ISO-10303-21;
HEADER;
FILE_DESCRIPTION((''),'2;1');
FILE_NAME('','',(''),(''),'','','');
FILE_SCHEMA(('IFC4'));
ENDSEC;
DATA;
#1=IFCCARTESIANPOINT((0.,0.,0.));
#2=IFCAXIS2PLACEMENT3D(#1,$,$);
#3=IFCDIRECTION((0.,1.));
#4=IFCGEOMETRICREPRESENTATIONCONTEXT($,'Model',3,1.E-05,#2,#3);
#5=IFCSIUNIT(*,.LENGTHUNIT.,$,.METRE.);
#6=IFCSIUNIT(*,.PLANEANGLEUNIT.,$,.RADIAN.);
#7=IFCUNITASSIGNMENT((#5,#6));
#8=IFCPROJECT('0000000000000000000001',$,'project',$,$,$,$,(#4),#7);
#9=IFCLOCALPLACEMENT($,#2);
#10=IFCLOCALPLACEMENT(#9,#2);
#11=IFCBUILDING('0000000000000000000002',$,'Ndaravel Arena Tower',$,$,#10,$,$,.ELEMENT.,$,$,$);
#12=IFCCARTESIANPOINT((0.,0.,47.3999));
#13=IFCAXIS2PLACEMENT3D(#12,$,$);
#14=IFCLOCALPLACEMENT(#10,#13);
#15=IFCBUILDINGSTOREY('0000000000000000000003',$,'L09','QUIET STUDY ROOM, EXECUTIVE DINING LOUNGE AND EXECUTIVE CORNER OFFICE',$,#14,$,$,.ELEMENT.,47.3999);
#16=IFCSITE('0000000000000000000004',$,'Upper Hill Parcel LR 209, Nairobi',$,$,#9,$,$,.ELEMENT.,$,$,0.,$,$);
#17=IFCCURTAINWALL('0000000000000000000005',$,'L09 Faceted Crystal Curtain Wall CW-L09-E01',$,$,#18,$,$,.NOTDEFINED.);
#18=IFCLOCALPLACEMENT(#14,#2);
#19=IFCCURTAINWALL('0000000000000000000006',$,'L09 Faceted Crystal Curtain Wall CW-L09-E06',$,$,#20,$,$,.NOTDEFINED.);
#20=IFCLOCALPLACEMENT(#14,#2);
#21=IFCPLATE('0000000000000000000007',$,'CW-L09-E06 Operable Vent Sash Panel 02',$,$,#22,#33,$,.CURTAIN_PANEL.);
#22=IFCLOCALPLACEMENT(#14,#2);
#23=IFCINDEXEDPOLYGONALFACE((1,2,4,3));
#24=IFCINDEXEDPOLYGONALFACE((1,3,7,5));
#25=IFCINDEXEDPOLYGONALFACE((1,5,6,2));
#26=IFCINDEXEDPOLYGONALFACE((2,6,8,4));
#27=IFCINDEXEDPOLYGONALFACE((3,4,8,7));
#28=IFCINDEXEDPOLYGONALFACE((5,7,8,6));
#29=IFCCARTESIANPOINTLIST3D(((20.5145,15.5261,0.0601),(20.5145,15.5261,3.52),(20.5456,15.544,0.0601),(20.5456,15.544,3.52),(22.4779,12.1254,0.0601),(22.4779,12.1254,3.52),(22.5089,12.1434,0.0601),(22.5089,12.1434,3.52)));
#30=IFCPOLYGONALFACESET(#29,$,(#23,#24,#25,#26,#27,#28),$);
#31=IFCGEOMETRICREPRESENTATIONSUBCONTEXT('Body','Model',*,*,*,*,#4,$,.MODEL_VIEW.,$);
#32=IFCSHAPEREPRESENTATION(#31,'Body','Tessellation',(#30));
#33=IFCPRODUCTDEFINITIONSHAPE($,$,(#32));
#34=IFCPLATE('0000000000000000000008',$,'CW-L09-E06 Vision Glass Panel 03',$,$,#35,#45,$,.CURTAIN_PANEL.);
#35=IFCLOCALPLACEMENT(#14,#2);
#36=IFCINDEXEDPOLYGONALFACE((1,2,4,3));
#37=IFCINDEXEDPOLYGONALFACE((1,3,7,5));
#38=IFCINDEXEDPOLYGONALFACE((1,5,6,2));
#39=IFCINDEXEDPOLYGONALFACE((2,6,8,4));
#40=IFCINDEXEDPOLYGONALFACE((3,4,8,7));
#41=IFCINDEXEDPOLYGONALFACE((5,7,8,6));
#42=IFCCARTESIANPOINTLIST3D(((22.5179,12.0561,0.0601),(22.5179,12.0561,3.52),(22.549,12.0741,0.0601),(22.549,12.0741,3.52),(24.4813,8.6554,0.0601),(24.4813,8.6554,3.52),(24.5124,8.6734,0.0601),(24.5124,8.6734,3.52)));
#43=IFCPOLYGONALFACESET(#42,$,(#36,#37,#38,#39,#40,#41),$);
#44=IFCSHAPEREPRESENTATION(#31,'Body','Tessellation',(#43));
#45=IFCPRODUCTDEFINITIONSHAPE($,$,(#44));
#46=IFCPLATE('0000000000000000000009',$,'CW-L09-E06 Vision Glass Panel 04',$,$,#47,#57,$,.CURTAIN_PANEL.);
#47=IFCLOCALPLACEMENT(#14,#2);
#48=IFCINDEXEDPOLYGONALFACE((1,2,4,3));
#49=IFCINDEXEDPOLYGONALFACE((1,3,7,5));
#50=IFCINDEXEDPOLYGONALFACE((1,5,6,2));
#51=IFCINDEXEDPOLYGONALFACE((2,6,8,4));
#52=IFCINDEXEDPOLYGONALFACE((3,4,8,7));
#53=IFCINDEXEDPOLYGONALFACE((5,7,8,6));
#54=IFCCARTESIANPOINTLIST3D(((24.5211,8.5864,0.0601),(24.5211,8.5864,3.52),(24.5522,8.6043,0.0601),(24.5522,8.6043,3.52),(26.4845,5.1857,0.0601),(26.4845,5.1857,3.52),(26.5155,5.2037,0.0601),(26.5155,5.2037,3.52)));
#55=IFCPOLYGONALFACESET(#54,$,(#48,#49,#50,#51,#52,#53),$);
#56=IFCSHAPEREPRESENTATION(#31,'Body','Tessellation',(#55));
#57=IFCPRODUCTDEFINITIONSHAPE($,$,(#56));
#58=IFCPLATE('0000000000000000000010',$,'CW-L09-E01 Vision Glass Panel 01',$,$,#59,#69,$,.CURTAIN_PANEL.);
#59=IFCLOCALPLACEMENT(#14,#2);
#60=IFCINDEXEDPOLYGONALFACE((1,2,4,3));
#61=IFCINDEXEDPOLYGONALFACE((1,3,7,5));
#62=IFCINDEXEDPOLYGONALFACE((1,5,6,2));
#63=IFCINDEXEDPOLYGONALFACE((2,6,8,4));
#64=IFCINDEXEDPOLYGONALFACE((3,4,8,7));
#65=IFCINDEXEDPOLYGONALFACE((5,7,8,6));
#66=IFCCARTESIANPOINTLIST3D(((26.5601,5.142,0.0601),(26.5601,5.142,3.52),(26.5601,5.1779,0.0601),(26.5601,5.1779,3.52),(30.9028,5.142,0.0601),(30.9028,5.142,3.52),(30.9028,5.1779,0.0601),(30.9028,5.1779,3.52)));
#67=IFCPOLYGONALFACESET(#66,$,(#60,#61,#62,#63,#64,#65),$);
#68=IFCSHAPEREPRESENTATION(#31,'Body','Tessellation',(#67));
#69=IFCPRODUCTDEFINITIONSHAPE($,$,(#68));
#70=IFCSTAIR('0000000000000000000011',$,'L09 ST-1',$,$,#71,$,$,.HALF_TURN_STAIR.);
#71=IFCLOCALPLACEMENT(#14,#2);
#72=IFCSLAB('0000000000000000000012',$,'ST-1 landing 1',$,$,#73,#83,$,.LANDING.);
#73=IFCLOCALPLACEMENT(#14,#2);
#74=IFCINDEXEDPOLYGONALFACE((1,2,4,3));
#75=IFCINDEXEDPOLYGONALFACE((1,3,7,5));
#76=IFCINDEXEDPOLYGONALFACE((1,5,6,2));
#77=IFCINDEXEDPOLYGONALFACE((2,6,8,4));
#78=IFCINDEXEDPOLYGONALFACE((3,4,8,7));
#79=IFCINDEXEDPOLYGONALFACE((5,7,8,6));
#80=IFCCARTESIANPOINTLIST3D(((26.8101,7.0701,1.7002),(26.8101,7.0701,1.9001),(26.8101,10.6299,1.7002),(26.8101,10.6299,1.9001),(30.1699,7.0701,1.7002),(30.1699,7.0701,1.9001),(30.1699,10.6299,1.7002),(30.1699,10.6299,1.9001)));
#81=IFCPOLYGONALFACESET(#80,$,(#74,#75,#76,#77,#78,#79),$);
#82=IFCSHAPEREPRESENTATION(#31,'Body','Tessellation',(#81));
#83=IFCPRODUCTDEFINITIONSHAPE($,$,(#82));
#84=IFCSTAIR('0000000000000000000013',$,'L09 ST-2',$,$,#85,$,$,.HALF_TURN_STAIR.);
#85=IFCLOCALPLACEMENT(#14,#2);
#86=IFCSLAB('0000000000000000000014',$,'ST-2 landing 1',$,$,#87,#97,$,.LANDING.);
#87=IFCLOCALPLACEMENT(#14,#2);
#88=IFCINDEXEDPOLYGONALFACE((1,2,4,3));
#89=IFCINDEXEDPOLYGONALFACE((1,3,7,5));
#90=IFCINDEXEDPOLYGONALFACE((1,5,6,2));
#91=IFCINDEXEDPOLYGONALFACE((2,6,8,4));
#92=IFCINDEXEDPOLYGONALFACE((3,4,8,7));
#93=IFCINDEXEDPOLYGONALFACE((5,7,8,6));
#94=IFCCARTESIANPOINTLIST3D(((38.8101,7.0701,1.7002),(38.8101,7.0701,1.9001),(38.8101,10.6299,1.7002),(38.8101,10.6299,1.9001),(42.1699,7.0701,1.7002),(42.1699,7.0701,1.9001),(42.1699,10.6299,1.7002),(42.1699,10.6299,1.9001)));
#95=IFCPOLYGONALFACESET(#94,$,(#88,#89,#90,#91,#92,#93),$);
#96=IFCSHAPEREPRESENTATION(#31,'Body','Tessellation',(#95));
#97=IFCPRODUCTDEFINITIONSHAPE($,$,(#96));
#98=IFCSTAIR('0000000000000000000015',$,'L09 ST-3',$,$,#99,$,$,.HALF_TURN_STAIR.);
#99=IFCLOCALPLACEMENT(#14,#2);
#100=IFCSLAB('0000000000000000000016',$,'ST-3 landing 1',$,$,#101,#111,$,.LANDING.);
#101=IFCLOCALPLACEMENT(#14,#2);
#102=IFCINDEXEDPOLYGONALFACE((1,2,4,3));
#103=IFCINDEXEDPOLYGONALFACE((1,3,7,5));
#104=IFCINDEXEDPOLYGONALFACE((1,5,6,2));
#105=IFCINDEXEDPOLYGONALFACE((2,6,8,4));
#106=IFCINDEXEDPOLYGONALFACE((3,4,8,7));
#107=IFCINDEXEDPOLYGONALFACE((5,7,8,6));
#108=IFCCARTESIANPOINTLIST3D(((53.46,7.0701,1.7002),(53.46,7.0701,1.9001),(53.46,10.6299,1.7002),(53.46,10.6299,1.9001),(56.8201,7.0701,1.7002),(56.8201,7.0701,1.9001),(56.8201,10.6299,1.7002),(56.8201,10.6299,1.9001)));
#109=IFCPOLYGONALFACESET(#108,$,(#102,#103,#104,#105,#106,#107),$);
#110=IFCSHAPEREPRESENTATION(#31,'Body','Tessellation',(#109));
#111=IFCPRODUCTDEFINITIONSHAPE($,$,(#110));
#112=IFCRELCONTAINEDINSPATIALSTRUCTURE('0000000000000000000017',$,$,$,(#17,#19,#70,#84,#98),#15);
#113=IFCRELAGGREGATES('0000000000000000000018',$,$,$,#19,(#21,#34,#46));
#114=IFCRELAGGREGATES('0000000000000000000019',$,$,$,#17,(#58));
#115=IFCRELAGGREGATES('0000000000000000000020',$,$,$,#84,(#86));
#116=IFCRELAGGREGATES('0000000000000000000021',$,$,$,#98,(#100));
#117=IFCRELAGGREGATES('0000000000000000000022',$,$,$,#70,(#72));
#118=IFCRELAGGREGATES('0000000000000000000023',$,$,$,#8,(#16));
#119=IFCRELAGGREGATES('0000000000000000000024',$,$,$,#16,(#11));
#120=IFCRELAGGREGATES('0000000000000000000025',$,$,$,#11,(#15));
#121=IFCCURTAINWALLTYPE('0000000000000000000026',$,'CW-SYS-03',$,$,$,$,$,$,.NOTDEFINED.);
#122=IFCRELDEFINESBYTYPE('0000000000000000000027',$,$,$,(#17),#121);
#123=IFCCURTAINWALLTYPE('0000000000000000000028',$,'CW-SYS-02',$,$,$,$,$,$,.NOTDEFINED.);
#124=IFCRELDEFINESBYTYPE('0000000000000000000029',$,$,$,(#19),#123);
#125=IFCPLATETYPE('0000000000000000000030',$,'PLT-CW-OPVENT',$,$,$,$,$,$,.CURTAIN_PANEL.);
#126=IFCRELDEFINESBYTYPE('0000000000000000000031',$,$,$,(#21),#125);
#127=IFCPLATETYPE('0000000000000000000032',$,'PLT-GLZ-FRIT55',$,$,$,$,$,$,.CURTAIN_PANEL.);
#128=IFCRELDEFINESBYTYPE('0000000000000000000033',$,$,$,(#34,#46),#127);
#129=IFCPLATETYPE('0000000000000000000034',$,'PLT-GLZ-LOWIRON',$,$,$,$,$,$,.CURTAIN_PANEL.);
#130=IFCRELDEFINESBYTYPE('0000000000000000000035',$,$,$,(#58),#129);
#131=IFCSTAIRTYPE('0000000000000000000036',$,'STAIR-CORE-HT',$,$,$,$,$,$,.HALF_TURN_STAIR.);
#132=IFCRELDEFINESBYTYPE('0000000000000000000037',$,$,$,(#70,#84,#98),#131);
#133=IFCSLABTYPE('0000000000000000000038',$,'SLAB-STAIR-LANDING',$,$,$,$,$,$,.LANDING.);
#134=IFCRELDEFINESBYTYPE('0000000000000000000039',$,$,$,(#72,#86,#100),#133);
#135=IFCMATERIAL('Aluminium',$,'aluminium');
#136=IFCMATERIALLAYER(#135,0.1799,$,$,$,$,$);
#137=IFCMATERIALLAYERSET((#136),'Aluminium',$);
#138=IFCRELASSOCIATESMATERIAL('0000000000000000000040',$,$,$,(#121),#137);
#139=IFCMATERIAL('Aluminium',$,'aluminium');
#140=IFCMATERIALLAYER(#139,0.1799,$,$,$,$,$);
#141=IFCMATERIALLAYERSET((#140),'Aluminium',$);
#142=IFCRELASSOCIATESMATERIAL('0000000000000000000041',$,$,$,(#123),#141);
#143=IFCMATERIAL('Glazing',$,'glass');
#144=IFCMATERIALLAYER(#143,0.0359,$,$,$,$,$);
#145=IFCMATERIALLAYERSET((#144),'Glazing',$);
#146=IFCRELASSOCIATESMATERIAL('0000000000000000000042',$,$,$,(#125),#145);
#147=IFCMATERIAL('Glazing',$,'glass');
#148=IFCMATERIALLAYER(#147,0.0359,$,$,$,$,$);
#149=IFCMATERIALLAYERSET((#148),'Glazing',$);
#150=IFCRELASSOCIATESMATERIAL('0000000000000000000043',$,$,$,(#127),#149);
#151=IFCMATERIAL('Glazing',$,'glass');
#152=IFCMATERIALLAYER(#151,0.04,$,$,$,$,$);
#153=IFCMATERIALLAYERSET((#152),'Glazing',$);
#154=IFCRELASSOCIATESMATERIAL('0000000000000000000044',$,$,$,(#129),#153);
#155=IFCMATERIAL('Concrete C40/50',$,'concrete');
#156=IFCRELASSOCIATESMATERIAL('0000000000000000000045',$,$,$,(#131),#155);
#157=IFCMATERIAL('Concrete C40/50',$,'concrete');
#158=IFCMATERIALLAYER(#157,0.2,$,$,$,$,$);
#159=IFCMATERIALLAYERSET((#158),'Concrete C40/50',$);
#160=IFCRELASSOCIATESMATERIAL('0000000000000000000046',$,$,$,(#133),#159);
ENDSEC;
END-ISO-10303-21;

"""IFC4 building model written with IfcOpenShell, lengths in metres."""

from ifc_helpers import new_model, si_unit, direction, frame, origin, origin_2d, place, context, subcontext, project, spatial, polyline, rectangle, outline, extrude, material, layer, layer_set, type_object, element, aggregate, save


model = new_model("IFC4")

# Units and contexts
model_context = context("Model", 3, precision=1e-05, world=origin(), true_north=direction((0.0, 1.0)))
body_context = subcontext(model_context, "Body", "Model", "MODEL_VIEW")
ifc_project = project(units=[si_unit("LENGTHUNIT", "METRE"), si_unit("PLANEANGLEUNIT", "RADIAN")], contexts=[model_context])

# Site, building, storey
site_placement = place(None, origin())
site = spatial("IfcSite", under=ifc_project, at=site_placement, Name="Upper Hill Parcel LR 209, Nairobi", CompositionType="ELEMENT", RefElevation=0.0)
building_placement = place(site_placement, origin())
building = spatial("IfcBuilding", under=site, at=building_placement, Name="Ndaravel Arena Tower", CompositionType="ELEMENT")
storey_placement = place(building_placement, frame((0.0, 0.0, 47.3999)))
storey = spatial("IfcBuildingStorey", under=building, at=storey_placement, Name="L09", Description="QUIET STUDY ROOM, EXECUTIVE DINING LOUNGE AND EXECUTIVE CORNER OFFICE", CompositionType="ELEMENT", Elevation=47.3999)

# Curtain wall
ifc_material_1 = material(Name="Aluminium", Category="aluminium")
ifc_layer_1 = layer(ifc_material_1, 0.1799)
ifc_layer_set_1 = layer_set([ifc_layer_1], Name="Aluminium")
curtain_wall_type_1 = type_object("IfcCurtainWallType", Name="CW-SYS-03", PredefinedType="NOTDEFINED", material=ifc_layer_set_1)
curtain_wall_1_placement = place(storey_placement, origin())
curtain_wall_1 = element("IfcCurtainWall", 1, at=curtain_wall_1_placement, inside=storey, type_object=curtain_wall_type_1, Name="L09 Faceted Crystal Curtain Wall CW-L09-E01", PredefinedType="NOTDEFINED")

# Curtain wall
ifc_material_2 = material(Name="Aluminium", Category="aluminium")
ifc_layer_2 = layer(ifc_material_2, 0.1799)
ifc_layer_set_2 = layer_set([ifc_layer_2], Name="Aluminium")
curtain_wall_type_2 = type_object("IfcCurtainWallType", Name="CW-SYS-02", PredefinedType="NOTDEFINED", material=ifc_layer_set_2)
curtain_wall_2_placement = place(storey_placement, origin())
curtain_wall_2 = element("IfcCurtainWall", 2, at=curtain_wall_2_placement, inside=storey, type_object=curtain_wall_type_2, Name="L09 Faceted Crystal Curtain Wall CW-L09-E06", PredefinedType="NOTDEFINED")

# Plates
ifc_material_3 = material(Name="Glazing", Category="glass")
ifc_layer_3 = layer(ifc_material_3, 0.0359)
ifc_layer_set_3 = layer_set([ifc_layer_3], Name="Glazing")
plate_type_1 = type_object("IfcPlateType", Name="PLT-CW-OPVENT", PredefinedType="CURTAIN_PANEL", material=ifc_layer_set_3)
plate_1_placement = place(storey_placement, frame((21.5117, 13.8347, 0.0601), z_axis=(0.0, 0.0, 1.0), x_axis=(0.5, -0.866025, 0.0)))
plate_1 = element("IfcPlate", 3, at=plate_1_placement, type_object=plate_type_1, Name="CW-L09-E06 Operable Vent Sash Panel 02", PredefinedType="CURTAIN_PANEL", context=body_context, shape_type="SweptSolid", body=[
    extrude(rectangle(XDim=3.9268, YDim=0.0359, at=origin_2d()), origin(), (0.0, 0.0, 1.0), 3.46),
])
ifc_material_4 = material(Name="Glazing", Category="glass")
ifc_layer_4 = layer(ifc_material_4, 0.0359)
ifc_layer_set_4 = layer_set([ifc_layer_4], Name="Glazing")
plate_type_2 = type_object("IfcPlateType", Name="PLT-GLZ-FRIT55", PredefinedType="CURTAIN_PANEL", material=ifc_layer_set_4)
plate_2_placement = place(storey_placement, frame((23.5151, 10.3647, 0.0601), z_axis=(0.0, 0.0, 1.0), x_axis=(0.5, -0.866025, 0.0)))
plate_2 = element("IfcPlate", 4, at=plate_2_placement, type_object=plate_type_2, Name="CW-L09-E06 Vision Glass Panel 03", PredefinedType="CURTAIN_PANEL", context=body_context, shape_type="SweptSolid", body=[
    extrude(rectangle(XDim=3.9268, YDim=0.0359, at=origin_2d()), origin(), (0.0, 0.0, 1.0), 3.46),
])
plate_3_placement = place(storey_placement, frame((25.5183, 6.895, 0.0601), z_axis=(0.0, 0.0, 1.0), x_axis=(0.5, -0.866025, 0.0)))
plate_3 = element("IfcPlate", 5, at=plate_3_placement, type_object=plate_type_2, Name="CW-L09-E06 Vision Glass Panel 04", PredefinedType="CURTAIN_PANEL", context=body_context, shape_type="SweptSolid", body=[
    extrude(rectangle(XDim=3.9268, YDim=0.0359, at=origin_2d()), origin(), (0.0, 0.0, 1.0), 3.46),
])
aggregate(curtain_wall_2, [plate_1, plate_2, plate_3])
ifc_material_5 = material(Name="Glazing", Category="glass")
ifc_layer_5 = layer(ifc_material_5, 0.04)
ifc_layer_set_5 = layer_set([ifc_layer_5], Name="Glazing")
plate_type_3 = type_object("IfcPlateType", Name="PLT-GLZ-LOWIRON", PredefinedType="CURTAIN_PANEL", material=ifc_layer_set_5)
plate_4_placement = place(storey_placement, frame((28.7314, 5.1599, 0.0601), z_axis=(0.0, 0.0, 1.0), x_axis=(1.0, 0.0, 0.0)))
plate_4 = element("IfcPlate", 6, at=plate_4_placement, type_object=plate_type_3, Name="CW-L09-E01 Vision Glass Panel 01", PredefinedType="CURTAIN_PANEL", context=body_context, shape_type="SweptSolid", body=[
    extrude(rectangle(XDim=4.3428, YDim=0.0359, at=origin_2d()), origin(), (0.0, 0.0, 1.0), 3.46),
])
aggregate(curtain_wall_1, [plate_4])

# Stairs, slabs
ifc_material_6 = material(Name="Concrete C40/50", Category="concrete")
stair_type = type_object("IfcStairType", Name="STAIR-CORE-HT", PredefinedType="HALF_TURN_STAIR", material=ifc_material_6)
stair_1_placement = place(storey_placement, origin())
stair_1 = element("IfcStair", 7, at=stair_1_placement, inside=storey, type_object=stair_type, Name="L09 ST-1", PredefinedType="HALF_TURN_STAIR")
ifc_material_7 = material(Name="Concrete C40/50", Category="concrete")
ifc_layer_6 = layer(ifc_material_7, 0.2)
ifc_layer_set_6 = layer_set([ifc_layer_6], Name="Concrete C40/50")
slab_type_1 = type_object("IfcSlabType", Name="SLAB-STAIR-LANDING", PredefinedType="LANDING", material=ifc_layer_set_6)
slab_1_placement = place(storey_placement, frame((0.0, 0.0, 1.7002)))
slab_1 = element("IfcSlab", 8, at=slab_1_placement, type_object=slab_type_1, Name="ST-1 landing 1", PredefinedType="LANDING", context=body_context, shape_type="SweptSolid", body=[
    extrude(outline(polyline([(26.8101, 10.6299), (26.8101, 7.0701), (30.1699, 7.0701), (30.1699, 10.6299), (26.8101, 10.6299)])), origin(), (0.0, 0.0, 1.0), 0.2),
])
stair_2_placement = place(storey_placement, origin())
stair_2 = element("IfcStair", 9, at=stair_2_placement, inside=storey, type_object=stair_type, Name="L09 ST-2", PredefinedType="HALF_TURN_STAIR")
slab_2_placement = place(storey_placement, frame((0.0, 0.0, 1.7002)))
slab_2 = element("IfcSlab", 10, at=slab_2_placement, type_object=slab_type_1, Name="ST-2 landing 1", PredefinedType="LANDING", context=body_context, shape_type="SweptSolid", body=[
    extrude(outline(polyline([(38.8101, 10.6299), (38.8101, 7.0701), (42.1699, 7.0701), (42.1699, 10.6299), (38.8101, 10.6299)])), origin(), (0.0, 0.0, 1.0), 0.2),
])
aggregate(stair_2, [slab_2])
stair_3_placement = place(storey_placement, origin())
stair_3 = element("IfcStair", 11, at=stair_3_placement, inside=storey, type_object=stair_type, Name="L09 ST-3", PredefinedType="HALF_TURN_STAIR")
slab_3_placement = place(storey_placement, frame((0.0, 0.0, 1.7002)))
slab_3 = element("IfcSlab", 12, at=slab_3_placement, type_object=slab_type_1, Name="ST-3 landing 1", PredefinedType="LANDING", context=body_context, shape_type="SweptSolid", body=[
    extrude(outline(polyline([(53.46, 10.6299), (53.46, 7.0701), (56.8201, 7.0701), (56.8201, 10.6299), (53.46, 10.6299)])), origin(), (0.0, 0.0, 1.0), 0.2),
])
aggregate(stair_3, [slab_3])

aggregate(stair_1, [slab_1])

save(model, "model.ifc")
